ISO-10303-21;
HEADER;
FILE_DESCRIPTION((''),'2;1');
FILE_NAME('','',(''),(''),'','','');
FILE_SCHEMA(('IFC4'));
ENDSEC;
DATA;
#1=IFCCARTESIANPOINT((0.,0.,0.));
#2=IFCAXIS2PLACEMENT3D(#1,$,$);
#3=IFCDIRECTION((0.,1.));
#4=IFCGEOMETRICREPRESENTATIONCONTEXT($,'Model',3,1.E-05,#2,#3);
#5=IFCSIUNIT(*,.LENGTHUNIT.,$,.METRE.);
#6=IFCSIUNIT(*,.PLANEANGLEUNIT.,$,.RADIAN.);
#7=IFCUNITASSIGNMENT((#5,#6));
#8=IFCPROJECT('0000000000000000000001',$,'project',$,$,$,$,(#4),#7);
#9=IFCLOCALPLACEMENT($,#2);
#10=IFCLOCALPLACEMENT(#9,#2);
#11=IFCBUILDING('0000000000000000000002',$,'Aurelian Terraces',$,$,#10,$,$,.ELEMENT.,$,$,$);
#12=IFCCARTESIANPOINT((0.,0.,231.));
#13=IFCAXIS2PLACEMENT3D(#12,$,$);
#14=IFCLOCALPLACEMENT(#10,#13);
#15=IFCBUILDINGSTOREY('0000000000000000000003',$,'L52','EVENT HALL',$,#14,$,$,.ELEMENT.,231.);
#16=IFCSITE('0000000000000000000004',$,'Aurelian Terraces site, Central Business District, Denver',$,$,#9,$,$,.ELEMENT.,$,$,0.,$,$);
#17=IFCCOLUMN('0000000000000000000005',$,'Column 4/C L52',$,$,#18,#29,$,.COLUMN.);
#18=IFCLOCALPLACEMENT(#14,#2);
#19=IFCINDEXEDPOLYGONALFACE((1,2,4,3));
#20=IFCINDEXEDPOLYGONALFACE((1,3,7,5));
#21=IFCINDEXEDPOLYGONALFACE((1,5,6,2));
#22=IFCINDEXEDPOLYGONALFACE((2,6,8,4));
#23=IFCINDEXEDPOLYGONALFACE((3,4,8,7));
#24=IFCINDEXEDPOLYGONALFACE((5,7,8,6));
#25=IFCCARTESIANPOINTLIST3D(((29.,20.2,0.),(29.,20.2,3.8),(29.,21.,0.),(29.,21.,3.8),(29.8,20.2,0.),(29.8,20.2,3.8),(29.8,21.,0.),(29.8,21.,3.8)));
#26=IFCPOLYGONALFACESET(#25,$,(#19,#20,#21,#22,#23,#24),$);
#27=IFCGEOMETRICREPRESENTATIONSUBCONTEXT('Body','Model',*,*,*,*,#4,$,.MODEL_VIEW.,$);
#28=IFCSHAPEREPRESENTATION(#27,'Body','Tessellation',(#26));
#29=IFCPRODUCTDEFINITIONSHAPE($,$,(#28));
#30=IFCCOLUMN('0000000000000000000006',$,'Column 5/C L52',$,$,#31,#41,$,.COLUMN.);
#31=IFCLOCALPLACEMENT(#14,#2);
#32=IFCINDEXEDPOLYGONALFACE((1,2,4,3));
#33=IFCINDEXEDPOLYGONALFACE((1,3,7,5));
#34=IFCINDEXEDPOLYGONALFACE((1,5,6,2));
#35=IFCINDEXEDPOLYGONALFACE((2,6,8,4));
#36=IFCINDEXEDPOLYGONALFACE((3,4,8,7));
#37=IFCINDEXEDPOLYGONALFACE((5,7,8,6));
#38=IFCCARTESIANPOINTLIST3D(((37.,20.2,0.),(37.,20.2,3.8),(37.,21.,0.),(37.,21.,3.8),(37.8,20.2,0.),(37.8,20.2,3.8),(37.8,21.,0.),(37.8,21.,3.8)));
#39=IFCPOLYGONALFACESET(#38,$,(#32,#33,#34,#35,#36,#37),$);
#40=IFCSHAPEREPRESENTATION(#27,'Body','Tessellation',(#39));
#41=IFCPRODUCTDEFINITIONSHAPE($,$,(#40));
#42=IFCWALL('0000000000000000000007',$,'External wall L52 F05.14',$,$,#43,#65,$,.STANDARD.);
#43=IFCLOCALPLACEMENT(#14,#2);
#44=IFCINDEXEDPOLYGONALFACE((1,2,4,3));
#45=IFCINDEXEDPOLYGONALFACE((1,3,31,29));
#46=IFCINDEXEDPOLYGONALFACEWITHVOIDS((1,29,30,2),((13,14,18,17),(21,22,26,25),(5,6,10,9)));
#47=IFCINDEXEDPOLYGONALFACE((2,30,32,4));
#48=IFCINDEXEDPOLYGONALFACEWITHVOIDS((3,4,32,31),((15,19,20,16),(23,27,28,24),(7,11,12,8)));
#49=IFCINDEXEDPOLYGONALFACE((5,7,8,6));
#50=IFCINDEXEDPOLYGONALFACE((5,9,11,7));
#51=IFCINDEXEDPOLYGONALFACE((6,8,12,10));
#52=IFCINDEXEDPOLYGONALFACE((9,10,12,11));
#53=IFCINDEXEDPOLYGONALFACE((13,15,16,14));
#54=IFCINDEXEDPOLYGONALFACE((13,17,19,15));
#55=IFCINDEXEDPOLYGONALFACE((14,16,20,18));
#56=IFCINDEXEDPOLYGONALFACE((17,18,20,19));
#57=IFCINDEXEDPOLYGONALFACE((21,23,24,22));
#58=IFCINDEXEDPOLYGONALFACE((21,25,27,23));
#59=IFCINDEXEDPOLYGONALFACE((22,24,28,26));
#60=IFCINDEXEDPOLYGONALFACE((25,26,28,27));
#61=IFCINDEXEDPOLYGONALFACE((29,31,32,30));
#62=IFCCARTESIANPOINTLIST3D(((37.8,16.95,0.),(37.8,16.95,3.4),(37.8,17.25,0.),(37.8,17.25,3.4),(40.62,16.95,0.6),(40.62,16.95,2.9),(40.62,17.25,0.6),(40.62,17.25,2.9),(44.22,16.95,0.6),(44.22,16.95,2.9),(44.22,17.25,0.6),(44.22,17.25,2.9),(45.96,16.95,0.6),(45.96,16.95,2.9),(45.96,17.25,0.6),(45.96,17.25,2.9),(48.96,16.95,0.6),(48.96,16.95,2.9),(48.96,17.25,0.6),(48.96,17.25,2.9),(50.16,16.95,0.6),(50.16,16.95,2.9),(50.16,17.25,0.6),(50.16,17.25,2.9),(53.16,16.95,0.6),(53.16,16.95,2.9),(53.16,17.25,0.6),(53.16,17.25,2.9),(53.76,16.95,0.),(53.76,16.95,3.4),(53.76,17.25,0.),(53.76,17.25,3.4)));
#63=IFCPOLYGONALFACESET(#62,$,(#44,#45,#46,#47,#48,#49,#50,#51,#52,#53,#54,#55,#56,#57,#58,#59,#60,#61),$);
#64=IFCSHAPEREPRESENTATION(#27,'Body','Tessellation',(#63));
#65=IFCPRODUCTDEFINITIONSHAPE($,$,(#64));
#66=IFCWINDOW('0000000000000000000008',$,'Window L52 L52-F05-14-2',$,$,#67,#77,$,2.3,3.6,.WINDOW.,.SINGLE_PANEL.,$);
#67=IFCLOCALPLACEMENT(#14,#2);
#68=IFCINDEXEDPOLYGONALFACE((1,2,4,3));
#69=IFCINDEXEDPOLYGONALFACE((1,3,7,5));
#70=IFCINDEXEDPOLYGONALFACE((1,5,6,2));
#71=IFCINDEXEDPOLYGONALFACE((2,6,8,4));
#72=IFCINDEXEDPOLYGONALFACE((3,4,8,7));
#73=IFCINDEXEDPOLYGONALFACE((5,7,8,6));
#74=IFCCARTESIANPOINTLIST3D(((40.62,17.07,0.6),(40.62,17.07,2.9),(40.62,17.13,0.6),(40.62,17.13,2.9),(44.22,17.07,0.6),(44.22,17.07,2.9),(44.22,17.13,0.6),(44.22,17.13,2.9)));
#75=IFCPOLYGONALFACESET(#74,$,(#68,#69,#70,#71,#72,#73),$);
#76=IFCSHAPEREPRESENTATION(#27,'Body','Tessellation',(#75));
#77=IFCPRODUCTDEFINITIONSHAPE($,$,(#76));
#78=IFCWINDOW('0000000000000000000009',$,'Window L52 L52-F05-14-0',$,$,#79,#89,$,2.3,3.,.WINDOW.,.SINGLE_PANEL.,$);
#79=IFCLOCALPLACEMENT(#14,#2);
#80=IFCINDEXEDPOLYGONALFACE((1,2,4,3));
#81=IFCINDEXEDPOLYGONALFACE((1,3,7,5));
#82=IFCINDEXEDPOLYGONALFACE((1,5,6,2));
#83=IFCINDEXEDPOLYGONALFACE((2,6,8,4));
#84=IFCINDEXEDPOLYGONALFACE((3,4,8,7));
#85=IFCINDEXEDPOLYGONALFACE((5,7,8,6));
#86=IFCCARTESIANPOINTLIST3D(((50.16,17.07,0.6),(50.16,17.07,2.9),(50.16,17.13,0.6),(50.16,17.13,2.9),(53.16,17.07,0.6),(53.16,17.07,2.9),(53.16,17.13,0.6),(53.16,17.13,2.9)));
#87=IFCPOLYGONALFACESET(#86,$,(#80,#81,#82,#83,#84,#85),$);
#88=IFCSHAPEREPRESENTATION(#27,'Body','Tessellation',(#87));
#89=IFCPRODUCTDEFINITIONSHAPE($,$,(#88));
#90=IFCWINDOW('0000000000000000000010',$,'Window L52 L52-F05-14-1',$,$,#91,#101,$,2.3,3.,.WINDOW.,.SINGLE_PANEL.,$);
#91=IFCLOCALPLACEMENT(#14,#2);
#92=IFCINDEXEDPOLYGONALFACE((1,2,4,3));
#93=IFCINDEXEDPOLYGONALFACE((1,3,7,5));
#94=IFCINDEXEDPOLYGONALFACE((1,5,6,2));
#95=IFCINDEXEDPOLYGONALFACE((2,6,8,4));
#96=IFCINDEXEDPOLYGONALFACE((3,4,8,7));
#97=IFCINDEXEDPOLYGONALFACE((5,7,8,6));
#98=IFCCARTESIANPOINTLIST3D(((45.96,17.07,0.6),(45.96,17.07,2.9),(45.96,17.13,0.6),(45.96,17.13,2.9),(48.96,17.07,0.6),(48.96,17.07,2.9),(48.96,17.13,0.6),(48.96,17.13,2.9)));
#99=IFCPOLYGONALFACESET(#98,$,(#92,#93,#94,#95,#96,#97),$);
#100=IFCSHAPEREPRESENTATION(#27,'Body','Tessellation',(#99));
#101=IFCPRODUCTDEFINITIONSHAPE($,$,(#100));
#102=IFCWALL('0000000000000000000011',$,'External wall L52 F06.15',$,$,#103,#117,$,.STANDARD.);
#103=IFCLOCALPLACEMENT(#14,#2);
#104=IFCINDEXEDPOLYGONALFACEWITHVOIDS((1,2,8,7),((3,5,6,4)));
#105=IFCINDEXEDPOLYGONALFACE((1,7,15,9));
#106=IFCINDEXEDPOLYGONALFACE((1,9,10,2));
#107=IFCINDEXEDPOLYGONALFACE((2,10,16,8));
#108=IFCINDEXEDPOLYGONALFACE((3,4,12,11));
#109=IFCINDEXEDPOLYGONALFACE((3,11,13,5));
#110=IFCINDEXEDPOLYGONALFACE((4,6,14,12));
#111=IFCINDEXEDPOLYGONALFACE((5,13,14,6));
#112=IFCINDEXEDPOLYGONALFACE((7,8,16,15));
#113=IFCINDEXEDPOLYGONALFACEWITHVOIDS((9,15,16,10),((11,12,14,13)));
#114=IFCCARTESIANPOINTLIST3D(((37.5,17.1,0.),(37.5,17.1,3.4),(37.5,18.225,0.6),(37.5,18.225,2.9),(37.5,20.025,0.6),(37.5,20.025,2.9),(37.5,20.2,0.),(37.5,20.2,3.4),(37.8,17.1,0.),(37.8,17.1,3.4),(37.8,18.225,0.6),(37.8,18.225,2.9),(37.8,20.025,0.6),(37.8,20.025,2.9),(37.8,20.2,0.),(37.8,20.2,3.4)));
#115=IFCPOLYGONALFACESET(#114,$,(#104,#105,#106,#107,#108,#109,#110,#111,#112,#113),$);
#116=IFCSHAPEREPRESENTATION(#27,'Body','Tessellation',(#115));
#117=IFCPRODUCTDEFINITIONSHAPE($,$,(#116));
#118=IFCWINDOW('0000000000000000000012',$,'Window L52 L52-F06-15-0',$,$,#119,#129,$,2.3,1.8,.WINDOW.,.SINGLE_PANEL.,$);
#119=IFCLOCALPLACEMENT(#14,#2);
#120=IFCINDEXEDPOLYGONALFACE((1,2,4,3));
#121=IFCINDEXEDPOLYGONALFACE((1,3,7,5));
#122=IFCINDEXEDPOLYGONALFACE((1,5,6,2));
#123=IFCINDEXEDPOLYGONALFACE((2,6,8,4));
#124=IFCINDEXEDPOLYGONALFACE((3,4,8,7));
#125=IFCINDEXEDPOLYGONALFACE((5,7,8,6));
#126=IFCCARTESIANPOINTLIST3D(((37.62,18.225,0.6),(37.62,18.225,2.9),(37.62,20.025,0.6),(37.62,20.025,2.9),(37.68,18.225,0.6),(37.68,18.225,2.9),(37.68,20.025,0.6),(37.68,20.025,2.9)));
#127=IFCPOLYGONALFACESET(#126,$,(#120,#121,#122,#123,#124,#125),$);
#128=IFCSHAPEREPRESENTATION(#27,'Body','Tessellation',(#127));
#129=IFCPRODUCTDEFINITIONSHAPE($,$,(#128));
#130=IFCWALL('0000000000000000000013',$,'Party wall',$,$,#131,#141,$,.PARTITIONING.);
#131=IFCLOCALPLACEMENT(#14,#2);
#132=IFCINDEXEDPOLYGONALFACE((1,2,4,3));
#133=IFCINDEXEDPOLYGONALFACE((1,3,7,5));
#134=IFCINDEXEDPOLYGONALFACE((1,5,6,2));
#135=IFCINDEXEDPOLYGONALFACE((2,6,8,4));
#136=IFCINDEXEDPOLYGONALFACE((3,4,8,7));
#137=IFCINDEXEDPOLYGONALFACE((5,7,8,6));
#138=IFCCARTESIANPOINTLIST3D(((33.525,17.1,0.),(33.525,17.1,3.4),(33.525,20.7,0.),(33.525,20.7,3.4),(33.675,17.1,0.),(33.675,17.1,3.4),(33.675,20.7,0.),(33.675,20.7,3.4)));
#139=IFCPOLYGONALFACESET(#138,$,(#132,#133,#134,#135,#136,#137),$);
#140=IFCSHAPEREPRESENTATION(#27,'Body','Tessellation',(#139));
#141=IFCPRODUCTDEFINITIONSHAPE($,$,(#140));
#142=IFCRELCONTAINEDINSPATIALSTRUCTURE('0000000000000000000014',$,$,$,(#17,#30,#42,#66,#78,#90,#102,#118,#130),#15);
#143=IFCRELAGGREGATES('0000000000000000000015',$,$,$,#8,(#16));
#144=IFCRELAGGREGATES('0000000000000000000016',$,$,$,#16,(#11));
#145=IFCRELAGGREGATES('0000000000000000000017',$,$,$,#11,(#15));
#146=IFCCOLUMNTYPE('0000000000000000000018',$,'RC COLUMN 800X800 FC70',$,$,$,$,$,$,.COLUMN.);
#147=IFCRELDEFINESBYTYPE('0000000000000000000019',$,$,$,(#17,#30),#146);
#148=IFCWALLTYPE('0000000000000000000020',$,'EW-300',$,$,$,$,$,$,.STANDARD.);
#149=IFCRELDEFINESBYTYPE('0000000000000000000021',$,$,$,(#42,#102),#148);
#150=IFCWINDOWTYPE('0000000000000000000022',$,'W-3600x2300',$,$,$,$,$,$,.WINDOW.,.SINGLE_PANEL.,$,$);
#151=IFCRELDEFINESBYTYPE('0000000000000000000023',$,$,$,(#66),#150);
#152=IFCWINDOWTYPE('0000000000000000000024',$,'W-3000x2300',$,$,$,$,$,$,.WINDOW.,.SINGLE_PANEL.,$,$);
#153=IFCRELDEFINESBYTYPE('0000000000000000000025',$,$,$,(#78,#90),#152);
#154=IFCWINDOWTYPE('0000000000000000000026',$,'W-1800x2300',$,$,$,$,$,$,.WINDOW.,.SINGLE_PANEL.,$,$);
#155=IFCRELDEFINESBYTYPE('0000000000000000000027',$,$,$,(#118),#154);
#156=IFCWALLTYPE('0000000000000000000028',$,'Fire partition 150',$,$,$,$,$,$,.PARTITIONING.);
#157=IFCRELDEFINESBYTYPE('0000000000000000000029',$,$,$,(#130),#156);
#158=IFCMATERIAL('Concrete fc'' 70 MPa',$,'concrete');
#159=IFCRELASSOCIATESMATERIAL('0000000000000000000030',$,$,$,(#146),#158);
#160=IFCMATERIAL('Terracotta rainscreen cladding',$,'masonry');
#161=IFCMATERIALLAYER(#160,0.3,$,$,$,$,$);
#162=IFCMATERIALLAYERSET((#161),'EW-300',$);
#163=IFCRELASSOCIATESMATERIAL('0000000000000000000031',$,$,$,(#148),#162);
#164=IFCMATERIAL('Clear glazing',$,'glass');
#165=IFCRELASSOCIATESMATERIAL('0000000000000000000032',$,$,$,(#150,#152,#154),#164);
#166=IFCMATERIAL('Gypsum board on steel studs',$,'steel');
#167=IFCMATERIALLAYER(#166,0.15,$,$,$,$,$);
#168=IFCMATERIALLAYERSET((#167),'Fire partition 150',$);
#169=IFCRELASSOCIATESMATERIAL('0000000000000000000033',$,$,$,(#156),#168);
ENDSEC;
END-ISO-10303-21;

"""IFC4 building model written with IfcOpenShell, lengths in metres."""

from ifc_helpers import new_model, si_unit, direction, frame, frame_2d, origin, origin_2d, place, context, subcontext, project, spatial, rectangle, extrude, source, transform, mapped, material, layer, layer_set, material_profile, profile_set, type_object, element, fill, save


model = new_model("IFC4")

# Units and contexts
model_context = context("Model", 3, precision=1e-05, world=origin(), true_north=direction((0.0, 1.0)))
body_context = subcontext(model_context, "Body", "Model", "MODEL_VIEW")
ifc_project = project(units=[si_unit("LENGTHUNIT", "METRE"), si_unit("PLANEANGLEUNIT", "RADIAN")], contexts=[model_context])

# Site, building, storey
site_placement = place(None, origin())
site = spatial("IfcSite", under=ifc_project, at=site_placement, Name="Aurelian Terraces site, Central Business District, Denver", CompositionType="ELEMENT", RefElevation=0.0)
building_placement = place(site_placement, origin())
building = spatial("IfcBuilding", under=site, at=building_placement, Name="Aurelian Terraces", CompositionType="ELEMENT")
storey_placement = place(building_placement, frame((0.0, 0.0, 231.0)))
storey = spatial("IfcBuildingStorey", under=building, at=storey_placement, Name="L52", Description="EVENT HALL", CompositionType="ELEMENT", Elevation=231.0)

# Columns
ifc_material_1 = material(Name="Concrete fc' 70 MPa", Category="concrete")
ifc_material_profile = material_profile(ifc_material_1, rectangle(XDim=0.8, YDim=0.8, at=origin_2d()))
ifc_profile_set = profile_set([ifc_material_profile], Name="Concrete fc' 70 MPa")
column_type = type_object("IfcColumnType", Name="RC COLUMN 800X800 FC70", PredefinedType="COLUMN", material=ifc_profile_set)
shared_shape_1 = source(origin(), body_context, "Body", "SweptSolid", [
    extrude(rectangle(XDim=0.8, YDim=0.8, at=origin_2d()), origin(), (0.0, 0.0, 1.0), 3.8),
])
for number, where, z_axis, x_axis, name in (
    (1, (29.4, 20.6, 0.0), (0.0, 0.0, 1.0), (1.0, 0.0, 0.0), "Column 4/C L52"),
    (2, (37.4, 20.6, 0.0), (0.0, 0.0, 1.0), (1.0, 0.0, 0.0), "Column 5/C L52"),
):
    element("IfcColumn", number, at=place(storey_placement, frame(where, z_axis=z_axis, x_axis=x_axis)), inside=storey, type_object=column_type, Name=name, PredefinedType="COLUMN", context=body_context, shape_type="MappedRepresentation", body=[
        mapped(shared_shape_1, transform((0.0, 0.0, 0.0), scale=1.0)),
    ])

# Wall, openings, windows
ifc_material_2 = material(Name="Terracotta rainscreen cladding", Category="masonry")
ifc_layer_1 = layer(ifc_material_2, 0.3)
ifc_layer_set_1 = layer_set([ifc_layer_1], Name="EW-300")
wall_type_1 = type_object("IfcWallType", Name="EW-300", PredefinedType="STANDARD", material=ifc_layer_set_1)
shared_shape_2 = source(origin(), body_context, "Body", "SweptSolid", [
    extrude(rectangle(XDim=15.96, YDim=0.3, at=frame_2d((7.98, 0.0))), origin(), (0.0, 0.0, 1.0), 3.4),
])
wall_1_placement = place(storey_placement, frame((53.76, 17.1, 0.0), z_axis=(0.0, 0.0, 1.0), x_axis=(-1.0, 0.0, 0.0)))
wall_1 = element("IfcWall", 3, at=wall_1_placement, inside=storey, type_object=wall_type_1, Name="External wall L52 F05.14", PredefinedType="STANDARD", context=body_context, shape_type="MappedRepresentation", body=[
    mapped(shared_shape_2, transform((0.0, 0.0, 0.0), scale=1.0)),
])
shared_shape_3 = source(origin(), body_context, "Body", "SweptSolid", [
    extrude(rectangle(XDim=3.0, YDim=2.3, at=frame_2d((1.5, 1.15))), frame((0.0, 0.16, 0.0), z_axis=(0.0, -1.0, 0.0), x_axis=(1.0, 0.0, 0.0)), (0.0, 0.0, 1.0), 0.32),
])
opening_1_placement = place(wall_1_placement, frame((0.6, 0.0, 0.6)))
opening_1 = element("IfcOpeningElement", 4, at=opening_1_placement, cuts=wall_1, PredefinedType="OPENING", context=body_context, shape_type="MappedRepresentation", body=[
    mapped(shared_shape_3, transform((0.0, 0.0, 0.0), scale=1.0)),
])
opening_2_placement = place(wall_1_placement, frame((4.8, 0.0, 0.6)))
opening_2 = element("IfcOpeningElement", 5, at=opening_2_placement, cuts=wall_1, PredefinedType="OPENING", context=body_context, shape_type="MappedRepresentation", body=[
    mapped(shared_shape_3, transform((0.0, 0.0, 0.0), scale=1.0)),
])
shared_shape_4 = source(origin(), body_context, "Body", "SweptSolid", [
    extrude(rectangle(XDim=3.6, YDim=2.3, at=frame_2d((1.8, 1.15))), frame((0.0, 0.16, 0.0), z_axis=(0.0, -1.0, 0.0), x_axis=(1.0, 0.0, 0.0)), (0.0, 0.0, 1.0), 0.32),
])
opening_3_placement = place(wall_1_placement, frame((9.54, 0.0, 0.6)))
opening_3 = element("IfcOpeningElement", 6, at=opening_3_placement, cuts=wall_1, PredefinedType="OPENING", context=body_context, shape_type="MappedRepresentation", body=[
    mapped(shared_shape_4, transform((0.0, 0.0, 0.0), scale=1.0)),
])
ifc_material_3 = material(Name="Clear glazing", Category="glass")
window_type_1 = type_object("IfcWindowType", Name="W-3600x2300", PartitioningType="SINGLE_PANEL", PredefinedType="WINDOW", material=ifc_material_3)
shared_shape_5 = source(origin(), body_context, "Body", "SweptSolid", [
    extrude(rectangle(XDim=3.6, YDim=2.3, at=frame_2d((1.8, 1.15))), frame((0.0, 0.03, 0.0), z_axis=(0.0, -1.0, 0.0), x_axis=(1.0, 0.0, 0.0)), (0.0, 0.0, 1.0), 0.06),
])
window_1_placement = place(opening_3_placement, origin())
window_1 = element("IfcWindow", 7, at=window_1_placement, inside=storey, type_object=window_type_1, Name="Window L52 L52-F05-14-2", OverallHeight=2.3, OverallWidth=3.6, PartitioningType="SINGLE_PANEL", PredefinedType="WINDOW", context=body_context, shape_type="MappedRepresentation", body=[
    mapped(shared_shape_5, transform((0.0, 0.0, 0.0), scale=1.0)),
])
fill(opening_3, window_1)
window_type_2 = type_object("IfcWindowType", Name="W-3000x2300", PartitioningType="SINGLE_PANEL", PredefinedType="WINDOW", material=ifc_material_3)
shared_shape_6 = source(origin(), body_context, "Body", "SweptSolid", [
    extrude(rectangle(XDim=3.0, YDim=2.3, at=frame_2d((1.5, 1.15))), frame((0.0, 0.03, 0.0), z_axis=(0.0, -1.0, 0.0), x_axis=(1.0, 0.0, 0.0)), (0.0, 0.0, 1.0), 0.06),
])
window_2_placement = place(opening_1_placement, origin())
window_2 = element("IfcWindow", 8, at=window_2_placement, inside=storey, type_object=window_type_2, Name="Window L52 L52-F05-14-0", OverallHeight=2.3, OverallWidth=3.0, PartitioningType="SINGLE_PANEL", PredefinedType="WINDOW", context=body_context, shape_type="MappedRepresentation", body=[
    mapped(shared_shape_6, transform((0.0, 0.0, 0.0), scale=1.0)),
])
fill(opening_1, window_2)
window_3_placement = place(opening_2_placement, origin())
window_3 = element("IfcWindow", 9, at=window_3_placement, inside=storey, type_object=window_type_2, Name="Window L52 L52-F05-14-1", OverallHeight=2.3, OverallWidth=3.0, PartitioningType="SINGLE_PANEL", PredefinedType="WINDOW", context=body_context, shape_type="MappedRepresentation", body=[
    mapped(shared_shape_6, transform((0.0, 0.0, 0.0), scale=1.0)),
])
fill(opening_2, window_3)

# Wall, opening, window
shared_shape_7 = source(origin(), body_context, "Body", "SweptSolid", [
    extrude(rectangle(XDim=3.1, YDim=0.3, at=frame_2d((1.55, 0.0))), origin(), (0.0, 0.0, 1.0), 3.4),
])
wall_2_placement = place(storey_placement, frame((37.65, 17.1, 0.0), z_axis=(0.0, 0.0, 1.0), x_axis=(0.0, 1.0, 0.0)))
wall_2 = element("IfcWall", 10, at=wall_2_placement, inside=storey, type_object=wall_type_1, Name="External wall L52 F06.15", PredefinedType="STANDARD", context=body_context, shape_type="MappedRepresentation", body=[
    mapped(shared_shape_7, transform((0.0, 0.0, 0.0), scale=1.0)),
])
shared_shape_8 = source(origin(), body_context, "Body", "SweptSolid", [
    extrude(rectangle(XDim=1.8, YDim=2.3, at=frame_2d((0.9, 1.15))), frame((0.0, 0.16, 0.0), z_axis=(0.0, -1.0, 0.0), x_axis=(1.0, 0.0, 0.0)), (0.0, 0.0, 1.0), 0.32),
])
opening_4_placement = place(wall_2_placement, frame((1.125, 0.0, 0.6)))
opening_4 = element("IfcOpeningElement", 11, at=opening_4_placement, cuts=wall_2, PredefinedType="OPENING", context=body_context, shape_type="MappedRepresentation", body=[
    mapped(shared_shape_8, transform((0.0, 0.0, 0.0), scale=1.0)),
])
window_type_3 = type_object("IfcWindowType", Name="W-1800x2300", PartitioningType="SINGLE_PANEL", PredefinedType="WINDOW", material=ifc_material_3)
shared_shape_9 = source(origin(), body_context, "Body", "SweptSolid", [
    extrude(rectangle(XDim=1.8, YDim=2.3, at=frame_2d((0.9, 1.15))), frame((0.0, 0.03, 0.0), z_axis=(0.0, -1.0, 0.0), x_axis=(1.0, 0.0, 0.0)), (0.0, 0.0, 1.0), 0.06),
])
window_4_placement = place(opening_4_placement, origin())
window_4 = element("IfcWindow", 12, at=window_4_placement, inside=storey, type_object=window_type_3, Name="Window L52 L52-F06-15-0", OverallHeight=2.3, OverallWidth=1.8, PartitioningType="SINGLE_PANEL", PredefinedType="WINDOW", context=body_context, shape_type="MappedRepresentation", body=[
    mapped(shared_shape_9, transform((0.0, 0.0, 0.0), scale=1.0)),
])
fill(opening_4, window_4)

# Wall
ifc_material_4 = material(Name="Gypsum board on steel studs", Category="steel")
ifc_layer_2 = layer(ifc_material_4, 0.15)
ifc_layer_set_2 = layer_set([ifc_layer_2], Name="Fire partition 150")
wall_type_2 = type_object("IfcWallType", Name="Fire partition 150", PredefinedType="PARTITIONING", material=ifc_layer_set_2)
shared_shape_10 = source(origin(), body_context, "Body", "SweptSolid", [
    extrude(rectangle(XDim=3.6, YDim=0.15, at=frame_2d((1.8, 0.0))), origin(), (0.0, 0.0, 1.0), 3.4),
])
wall_3_placement = place(storey_placement, frame((33.6, 17.1, 0.0), z_axis=(0.0, 0.0, 1.0), x_axis=(0.0, 1.0, 0.0)))
element("IfcWall", 13, at=wall_3_placement, inside=storey, type_object=wall_type_2, Name="Party wall", PredefinedType="PARTITIONING", context=body_context, shape_type="MappedRepresentation", body=[
    mapped(shared_shape_10, transform((0.0, 0.0, 0.0), scale=1.0)),
])

save(model, "model.ifc")
